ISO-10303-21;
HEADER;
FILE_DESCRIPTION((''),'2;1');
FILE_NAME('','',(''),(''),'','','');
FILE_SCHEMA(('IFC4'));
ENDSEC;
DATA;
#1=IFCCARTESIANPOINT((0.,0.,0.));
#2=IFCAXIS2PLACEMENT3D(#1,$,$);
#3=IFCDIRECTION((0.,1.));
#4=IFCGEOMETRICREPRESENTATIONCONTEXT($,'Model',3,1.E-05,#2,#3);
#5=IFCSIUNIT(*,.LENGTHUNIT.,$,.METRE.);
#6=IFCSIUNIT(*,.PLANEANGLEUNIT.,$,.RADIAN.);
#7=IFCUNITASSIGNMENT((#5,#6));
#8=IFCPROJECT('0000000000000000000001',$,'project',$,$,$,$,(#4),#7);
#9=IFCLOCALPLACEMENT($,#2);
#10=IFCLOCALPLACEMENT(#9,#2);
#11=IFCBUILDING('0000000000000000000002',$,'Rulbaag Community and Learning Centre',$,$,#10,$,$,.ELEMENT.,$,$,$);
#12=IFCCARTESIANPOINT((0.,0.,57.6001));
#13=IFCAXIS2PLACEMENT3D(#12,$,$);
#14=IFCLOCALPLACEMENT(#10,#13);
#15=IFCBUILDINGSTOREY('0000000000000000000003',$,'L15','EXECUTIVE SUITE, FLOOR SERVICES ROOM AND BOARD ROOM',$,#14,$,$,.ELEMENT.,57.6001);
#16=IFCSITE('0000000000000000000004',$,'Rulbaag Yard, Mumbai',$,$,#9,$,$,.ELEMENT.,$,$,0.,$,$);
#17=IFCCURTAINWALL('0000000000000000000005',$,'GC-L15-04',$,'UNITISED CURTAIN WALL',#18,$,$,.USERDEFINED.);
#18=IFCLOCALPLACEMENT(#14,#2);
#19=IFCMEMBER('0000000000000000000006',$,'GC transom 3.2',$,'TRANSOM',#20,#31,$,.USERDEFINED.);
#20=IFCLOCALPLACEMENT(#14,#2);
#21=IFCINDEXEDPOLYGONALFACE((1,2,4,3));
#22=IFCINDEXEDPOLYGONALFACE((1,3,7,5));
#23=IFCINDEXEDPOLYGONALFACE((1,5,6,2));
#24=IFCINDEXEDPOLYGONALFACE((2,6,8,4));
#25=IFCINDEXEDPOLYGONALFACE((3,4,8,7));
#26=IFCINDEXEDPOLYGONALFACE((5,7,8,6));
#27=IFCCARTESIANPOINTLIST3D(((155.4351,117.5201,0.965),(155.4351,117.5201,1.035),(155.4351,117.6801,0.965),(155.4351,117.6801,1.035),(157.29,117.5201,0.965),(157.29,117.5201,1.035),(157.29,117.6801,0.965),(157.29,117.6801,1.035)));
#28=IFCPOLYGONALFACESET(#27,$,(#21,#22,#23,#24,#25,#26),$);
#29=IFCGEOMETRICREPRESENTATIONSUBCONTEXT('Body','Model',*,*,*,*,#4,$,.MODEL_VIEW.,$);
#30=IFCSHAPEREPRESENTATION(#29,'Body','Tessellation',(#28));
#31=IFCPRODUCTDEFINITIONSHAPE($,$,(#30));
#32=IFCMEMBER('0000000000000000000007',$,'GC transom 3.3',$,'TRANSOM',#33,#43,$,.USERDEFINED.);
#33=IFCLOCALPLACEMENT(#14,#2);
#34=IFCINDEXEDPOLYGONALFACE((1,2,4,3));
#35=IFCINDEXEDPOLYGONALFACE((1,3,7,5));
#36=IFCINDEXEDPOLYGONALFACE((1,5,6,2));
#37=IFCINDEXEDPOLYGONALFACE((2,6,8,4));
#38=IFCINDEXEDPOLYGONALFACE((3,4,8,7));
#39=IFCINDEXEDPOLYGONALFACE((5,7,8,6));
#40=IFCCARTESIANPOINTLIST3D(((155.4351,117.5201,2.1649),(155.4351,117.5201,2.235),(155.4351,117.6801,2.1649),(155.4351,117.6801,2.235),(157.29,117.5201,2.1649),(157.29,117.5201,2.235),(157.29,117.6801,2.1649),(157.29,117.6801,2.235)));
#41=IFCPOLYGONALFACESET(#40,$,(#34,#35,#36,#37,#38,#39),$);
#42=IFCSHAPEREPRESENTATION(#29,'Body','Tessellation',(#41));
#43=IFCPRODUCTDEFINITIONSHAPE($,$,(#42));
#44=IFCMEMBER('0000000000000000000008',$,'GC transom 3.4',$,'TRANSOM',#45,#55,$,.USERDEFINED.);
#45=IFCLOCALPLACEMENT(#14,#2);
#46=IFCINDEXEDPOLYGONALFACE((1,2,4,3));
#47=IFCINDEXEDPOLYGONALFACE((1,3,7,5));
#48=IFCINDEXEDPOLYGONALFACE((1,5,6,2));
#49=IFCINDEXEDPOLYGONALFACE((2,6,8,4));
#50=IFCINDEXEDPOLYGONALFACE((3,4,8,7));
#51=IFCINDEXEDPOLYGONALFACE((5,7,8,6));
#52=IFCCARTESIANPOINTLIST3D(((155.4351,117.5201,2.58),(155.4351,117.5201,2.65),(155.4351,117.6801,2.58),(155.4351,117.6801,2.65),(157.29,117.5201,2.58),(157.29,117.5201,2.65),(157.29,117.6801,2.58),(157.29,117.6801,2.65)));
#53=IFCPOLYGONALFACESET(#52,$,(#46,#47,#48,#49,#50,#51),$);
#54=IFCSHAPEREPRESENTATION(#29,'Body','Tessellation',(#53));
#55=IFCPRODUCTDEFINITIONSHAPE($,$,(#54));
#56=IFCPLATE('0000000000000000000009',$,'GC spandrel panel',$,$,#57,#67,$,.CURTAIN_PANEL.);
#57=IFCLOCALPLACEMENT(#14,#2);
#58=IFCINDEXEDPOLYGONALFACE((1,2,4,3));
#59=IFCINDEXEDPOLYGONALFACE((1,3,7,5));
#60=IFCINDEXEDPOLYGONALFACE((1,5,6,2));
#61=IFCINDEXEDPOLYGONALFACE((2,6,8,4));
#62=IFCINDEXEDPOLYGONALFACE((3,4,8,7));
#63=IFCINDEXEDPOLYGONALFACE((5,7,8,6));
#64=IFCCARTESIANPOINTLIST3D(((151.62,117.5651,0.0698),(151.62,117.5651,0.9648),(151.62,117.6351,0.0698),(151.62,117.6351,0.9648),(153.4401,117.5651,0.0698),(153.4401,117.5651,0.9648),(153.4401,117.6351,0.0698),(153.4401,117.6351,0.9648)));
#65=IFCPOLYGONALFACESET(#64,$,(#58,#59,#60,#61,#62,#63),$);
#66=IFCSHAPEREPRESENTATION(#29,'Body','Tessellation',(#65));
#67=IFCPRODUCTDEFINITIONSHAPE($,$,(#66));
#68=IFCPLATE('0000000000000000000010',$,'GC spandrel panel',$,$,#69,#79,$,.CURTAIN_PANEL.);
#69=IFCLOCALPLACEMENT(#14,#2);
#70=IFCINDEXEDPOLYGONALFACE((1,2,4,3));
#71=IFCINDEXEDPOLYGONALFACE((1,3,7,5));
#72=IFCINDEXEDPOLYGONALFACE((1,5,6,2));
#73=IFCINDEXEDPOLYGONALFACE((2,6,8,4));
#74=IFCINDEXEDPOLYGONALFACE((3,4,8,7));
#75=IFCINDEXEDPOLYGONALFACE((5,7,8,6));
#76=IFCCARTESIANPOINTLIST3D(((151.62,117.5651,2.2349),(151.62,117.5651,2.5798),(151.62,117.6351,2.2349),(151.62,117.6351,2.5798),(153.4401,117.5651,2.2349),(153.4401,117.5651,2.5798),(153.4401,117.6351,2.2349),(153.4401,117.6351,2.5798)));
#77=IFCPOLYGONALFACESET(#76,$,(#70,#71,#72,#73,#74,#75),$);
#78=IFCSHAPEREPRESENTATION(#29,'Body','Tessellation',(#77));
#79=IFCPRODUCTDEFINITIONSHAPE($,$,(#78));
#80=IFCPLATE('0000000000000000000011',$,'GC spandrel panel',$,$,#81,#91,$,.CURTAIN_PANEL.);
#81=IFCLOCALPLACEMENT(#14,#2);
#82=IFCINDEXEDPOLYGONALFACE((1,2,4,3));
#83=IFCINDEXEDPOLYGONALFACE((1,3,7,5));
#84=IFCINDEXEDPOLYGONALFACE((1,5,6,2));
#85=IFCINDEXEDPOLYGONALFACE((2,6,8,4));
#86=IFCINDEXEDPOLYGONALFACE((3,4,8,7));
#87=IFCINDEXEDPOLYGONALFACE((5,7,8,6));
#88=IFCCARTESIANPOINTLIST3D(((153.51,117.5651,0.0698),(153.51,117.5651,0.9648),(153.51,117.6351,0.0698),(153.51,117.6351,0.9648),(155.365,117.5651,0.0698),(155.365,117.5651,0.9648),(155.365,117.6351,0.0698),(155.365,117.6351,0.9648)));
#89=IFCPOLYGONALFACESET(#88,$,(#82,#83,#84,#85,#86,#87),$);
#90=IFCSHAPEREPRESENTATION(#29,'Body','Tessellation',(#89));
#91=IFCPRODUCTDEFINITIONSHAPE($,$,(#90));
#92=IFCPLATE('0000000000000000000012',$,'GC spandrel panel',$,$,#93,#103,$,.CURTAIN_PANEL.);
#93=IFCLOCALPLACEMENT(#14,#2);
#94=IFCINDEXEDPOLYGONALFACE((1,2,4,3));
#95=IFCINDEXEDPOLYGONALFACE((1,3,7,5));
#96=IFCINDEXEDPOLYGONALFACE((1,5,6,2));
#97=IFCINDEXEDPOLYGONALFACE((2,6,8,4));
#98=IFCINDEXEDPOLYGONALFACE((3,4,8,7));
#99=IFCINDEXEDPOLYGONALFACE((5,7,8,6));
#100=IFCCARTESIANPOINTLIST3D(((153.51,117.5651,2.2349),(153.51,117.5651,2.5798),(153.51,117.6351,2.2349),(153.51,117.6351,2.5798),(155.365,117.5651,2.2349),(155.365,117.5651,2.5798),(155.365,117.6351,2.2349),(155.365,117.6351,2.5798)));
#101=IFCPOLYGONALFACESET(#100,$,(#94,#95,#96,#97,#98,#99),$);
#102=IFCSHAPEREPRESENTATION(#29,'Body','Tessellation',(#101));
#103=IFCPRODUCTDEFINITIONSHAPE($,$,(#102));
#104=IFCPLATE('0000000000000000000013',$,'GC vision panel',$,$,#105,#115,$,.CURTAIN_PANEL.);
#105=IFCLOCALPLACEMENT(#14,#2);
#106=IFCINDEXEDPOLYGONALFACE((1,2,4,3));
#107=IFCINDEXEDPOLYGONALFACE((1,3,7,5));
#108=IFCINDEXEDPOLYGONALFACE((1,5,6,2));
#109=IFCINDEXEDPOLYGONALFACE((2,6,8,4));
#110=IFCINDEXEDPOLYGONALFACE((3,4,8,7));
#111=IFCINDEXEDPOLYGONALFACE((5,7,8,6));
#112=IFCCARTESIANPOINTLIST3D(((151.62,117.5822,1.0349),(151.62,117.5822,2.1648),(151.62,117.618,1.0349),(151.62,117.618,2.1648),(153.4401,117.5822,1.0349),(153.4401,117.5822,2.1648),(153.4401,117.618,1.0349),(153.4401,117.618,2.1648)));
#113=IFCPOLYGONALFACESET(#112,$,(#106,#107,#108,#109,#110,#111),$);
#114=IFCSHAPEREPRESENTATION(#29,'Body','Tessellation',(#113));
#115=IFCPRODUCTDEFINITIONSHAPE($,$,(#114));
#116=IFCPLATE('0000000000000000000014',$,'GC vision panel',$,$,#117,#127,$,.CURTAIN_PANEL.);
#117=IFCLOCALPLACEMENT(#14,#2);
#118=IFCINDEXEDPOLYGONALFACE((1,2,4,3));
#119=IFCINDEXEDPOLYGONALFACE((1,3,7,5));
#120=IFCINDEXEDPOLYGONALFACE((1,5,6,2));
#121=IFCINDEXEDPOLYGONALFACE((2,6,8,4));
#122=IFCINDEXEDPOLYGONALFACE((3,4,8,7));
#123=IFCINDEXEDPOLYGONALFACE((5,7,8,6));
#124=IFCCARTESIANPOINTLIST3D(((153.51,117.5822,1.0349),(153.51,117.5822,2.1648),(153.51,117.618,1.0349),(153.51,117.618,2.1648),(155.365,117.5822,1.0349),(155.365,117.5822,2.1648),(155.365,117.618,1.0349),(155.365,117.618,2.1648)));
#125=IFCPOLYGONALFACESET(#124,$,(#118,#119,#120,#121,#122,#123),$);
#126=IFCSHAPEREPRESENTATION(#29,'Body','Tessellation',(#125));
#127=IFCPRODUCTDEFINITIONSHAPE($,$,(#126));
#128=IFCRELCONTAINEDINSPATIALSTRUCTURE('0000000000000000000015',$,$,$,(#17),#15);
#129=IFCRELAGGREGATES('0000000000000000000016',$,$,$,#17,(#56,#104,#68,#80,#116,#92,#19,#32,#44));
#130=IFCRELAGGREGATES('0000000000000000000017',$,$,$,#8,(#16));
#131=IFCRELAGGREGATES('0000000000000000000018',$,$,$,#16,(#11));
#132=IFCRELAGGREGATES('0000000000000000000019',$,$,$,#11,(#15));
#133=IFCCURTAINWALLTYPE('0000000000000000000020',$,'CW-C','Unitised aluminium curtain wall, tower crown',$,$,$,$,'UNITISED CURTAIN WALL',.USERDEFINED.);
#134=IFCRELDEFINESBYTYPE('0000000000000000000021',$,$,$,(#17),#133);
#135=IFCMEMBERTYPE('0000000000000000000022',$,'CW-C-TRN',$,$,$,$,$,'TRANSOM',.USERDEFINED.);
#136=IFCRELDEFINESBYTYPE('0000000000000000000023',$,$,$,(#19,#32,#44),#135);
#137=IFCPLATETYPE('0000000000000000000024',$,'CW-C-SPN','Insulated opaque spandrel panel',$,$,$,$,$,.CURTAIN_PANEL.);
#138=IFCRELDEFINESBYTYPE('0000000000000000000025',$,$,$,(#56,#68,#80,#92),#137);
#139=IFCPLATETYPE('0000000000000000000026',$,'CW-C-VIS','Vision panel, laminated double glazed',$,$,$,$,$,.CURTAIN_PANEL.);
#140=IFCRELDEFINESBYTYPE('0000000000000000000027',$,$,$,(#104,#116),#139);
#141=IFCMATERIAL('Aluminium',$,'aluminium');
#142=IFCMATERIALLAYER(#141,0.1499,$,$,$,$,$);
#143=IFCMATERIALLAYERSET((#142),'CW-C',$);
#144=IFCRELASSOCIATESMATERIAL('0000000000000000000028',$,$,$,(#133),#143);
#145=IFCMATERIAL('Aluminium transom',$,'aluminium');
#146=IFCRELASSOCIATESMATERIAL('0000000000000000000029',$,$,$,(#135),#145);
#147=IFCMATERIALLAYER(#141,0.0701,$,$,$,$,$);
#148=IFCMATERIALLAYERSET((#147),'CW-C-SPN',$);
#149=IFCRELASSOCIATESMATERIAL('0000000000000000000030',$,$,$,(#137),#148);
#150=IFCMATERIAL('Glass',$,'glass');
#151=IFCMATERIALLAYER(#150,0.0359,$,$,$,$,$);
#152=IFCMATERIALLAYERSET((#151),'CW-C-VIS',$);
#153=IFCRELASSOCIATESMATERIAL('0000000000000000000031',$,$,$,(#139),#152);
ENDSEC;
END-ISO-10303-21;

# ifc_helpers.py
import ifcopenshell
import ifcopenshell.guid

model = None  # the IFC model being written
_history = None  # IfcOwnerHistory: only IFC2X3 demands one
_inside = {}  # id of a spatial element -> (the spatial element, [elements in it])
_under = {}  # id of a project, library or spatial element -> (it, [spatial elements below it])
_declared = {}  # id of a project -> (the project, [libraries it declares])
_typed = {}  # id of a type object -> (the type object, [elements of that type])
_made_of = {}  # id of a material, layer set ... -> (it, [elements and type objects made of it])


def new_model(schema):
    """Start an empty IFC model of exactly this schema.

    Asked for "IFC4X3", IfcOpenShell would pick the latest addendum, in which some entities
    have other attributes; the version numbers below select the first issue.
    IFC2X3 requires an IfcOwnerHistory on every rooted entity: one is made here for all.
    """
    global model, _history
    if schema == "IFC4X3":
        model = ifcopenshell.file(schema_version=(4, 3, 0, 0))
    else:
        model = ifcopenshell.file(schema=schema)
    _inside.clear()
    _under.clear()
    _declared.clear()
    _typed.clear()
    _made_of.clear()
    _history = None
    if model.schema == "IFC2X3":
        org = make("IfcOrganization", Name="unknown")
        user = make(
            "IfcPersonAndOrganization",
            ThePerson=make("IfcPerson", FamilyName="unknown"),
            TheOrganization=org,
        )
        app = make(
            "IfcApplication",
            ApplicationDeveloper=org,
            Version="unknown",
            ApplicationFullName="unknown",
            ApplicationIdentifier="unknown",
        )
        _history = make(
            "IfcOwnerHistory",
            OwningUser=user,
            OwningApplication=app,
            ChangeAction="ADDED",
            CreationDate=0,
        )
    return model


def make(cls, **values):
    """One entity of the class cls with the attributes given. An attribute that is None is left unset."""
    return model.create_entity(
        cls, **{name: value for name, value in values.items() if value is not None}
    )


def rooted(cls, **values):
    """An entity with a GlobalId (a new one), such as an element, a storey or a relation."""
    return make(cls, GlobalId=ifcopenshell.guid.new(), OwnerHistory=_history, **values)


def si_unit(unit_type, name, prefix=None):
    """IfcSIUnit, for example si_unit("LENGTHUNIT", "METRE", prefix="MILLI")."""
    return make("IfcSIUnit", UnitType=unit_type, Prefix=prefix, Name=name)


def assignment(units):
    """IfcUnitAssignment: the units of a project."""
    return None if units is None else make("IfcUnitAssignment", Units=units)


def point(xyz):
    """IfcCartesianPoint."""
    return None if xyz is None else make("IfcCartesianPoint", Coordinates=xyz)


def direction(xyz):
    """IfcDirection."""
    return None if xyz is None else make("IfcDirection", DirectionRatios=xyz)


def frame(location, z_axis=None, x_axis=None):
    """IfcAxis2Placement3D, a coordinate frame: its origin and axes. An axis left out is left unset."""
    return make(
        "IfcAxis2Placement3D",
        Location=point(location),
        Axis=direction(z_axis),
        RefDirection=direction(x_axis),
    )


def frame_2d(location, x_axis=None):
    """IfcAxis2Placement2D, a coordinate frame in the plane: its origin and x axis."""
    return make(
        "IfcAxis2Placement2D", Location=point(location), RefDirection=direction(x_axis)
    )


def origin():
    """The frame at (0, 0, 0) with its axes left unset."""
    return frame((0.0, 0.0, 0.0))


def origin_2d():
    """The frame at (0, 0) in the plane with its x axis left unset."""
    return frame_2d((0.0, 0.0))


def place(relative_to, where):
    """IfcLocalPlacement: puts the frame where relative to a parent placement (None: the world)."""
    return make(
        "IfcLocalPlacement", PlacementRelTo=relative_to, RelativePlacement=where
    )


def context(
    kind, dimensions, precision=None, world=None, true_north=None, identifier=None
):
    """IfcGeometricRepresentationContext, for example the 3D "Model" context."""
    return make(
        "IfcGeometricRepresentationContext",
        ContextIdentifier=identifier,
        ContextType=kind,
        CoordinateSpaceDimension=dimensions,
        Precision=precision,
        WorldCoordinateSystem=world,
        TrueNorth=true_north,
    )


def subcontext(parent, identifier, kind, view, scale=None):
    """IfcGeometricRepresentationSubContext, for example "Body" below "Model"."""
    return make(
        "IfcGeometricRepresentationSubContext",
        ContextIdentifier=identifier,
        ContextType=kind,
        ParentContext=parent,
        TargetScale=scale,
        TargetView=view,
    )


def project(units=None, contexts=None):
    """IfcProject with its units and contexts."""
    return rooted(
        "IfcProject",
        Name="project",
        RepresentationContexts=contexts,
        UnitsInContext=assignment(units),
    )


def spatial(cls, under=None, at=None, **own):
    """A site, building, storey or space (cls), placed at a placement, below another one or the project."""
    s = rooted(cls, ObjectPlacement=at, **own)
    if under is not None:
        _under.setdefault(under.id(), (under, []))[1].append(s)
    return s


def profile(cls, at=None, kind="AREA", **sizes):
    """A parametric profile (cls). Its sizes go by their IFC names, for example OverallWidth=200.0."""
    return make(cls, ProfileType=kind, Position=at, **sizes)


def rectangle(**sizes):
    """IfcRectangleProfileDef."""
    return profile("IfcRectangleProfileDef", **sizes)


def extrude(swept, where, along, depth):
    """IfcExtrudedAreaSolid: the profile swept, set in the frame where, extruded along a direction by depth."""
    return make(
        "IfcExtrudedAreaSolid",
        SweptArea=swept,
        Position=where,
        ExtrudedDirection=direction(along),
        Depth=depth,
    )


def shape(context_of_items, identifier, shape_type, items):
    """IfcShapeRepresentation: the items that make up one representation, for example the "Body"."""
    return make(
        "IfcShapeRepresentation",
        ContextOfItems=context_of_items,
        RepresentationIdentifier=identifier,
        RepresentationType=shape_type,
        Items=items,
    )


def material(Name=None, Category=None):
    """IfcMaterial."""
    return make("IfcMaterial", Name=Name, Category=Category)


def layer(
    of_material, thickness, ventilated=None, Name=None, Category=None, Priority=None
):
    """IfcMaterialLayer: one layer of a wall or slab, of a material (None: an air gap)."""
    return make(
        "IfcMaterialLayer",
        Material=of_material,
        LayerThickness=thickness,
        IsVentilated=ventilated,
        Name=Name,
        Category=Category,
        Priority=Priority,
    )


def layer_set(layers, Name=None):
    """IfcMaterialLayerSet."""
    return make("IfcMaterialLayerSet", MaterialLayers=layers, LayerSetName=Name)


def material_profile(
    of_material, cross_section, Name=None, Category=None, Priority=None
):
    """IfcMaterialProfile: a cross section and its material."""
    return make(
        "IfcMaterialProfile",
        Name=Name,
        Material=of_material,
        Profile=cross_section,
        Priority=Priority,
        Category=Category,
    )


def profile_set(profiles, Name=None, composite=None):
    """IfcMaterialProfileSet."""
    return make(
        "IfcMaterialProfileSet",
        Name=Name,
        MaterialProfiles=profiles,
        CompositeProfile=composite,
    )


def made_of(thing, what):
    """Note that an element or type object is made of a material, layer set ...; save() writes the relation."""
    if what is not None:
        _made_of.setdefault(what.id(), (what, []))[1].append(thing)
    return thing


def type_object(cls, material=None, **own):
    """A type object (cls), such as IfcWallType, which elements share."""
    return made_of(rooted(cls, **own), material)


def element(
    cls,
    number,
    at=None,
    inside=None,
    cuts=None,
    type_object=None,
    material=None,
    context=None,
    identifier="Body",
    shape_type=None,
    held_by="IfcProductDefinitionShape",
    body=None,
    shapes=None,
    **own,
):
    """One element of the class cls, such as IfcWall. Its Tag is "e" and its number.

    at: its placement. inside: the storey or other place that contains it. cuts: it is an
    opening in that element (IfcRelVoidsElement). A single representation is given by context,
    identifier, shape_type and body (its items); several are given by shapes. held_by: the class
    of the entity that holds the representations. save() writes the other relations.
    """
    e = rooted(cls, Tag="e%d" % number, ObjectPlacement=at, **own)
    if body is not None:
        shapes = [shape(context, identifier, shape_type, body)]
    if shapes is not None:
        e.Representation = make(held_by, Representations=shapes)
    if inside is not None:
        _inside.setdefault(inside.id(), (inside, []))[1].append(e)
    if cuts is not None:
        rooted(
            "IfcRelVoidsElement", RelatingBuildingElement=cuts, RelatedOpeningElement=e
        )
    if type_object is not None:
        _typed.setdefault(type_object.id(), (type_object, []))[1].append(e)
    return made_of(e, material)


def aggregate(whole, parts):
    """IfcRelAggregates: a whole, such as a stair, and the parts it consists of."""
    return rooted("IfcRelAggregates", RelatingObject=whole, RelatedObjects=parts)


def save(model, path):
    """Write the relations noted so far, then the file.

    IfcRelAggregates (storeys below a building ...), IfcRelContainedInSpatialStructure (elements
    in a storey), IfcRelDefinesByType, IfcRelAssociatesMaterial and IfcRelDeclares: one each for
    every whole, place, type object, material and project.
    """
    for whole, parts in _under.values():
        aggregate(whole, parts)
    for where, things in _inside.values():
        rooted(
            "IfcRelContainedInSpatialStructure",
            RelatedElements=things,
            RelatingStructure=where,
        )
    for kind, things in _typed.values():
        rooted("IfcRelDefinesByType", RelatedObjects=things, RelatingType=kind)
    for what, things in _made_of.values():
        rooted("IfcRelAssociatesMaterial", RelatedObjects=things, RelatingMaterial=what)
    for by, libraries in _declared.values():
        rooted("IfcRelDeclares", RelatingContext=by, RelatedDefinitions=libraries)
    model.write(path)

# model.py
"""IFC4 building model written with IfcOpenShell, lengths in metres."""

from ifc_helpers import new_model, si_unit, direction, frame, origin, origin_2d, place, context, subcontext, project, spatial, rectangle, extrude, material, layer, layer_set, material_profile, profile_set, type_object, element, aggregate, save


model = new_model("IFC4")

# Units and contexts
model_context = context("Model", 3, precision=1e-05, world=origin(), true_north=direction((0.0, 1.0)))
body_context = subcontext(model_context, "Body", "Model", "MODEL_VIEW")
ifc_project = project(units=[si_unit("LENGTHUNIT", "METRE"), si_unit("PLANEANGLEUNIT", "RADIAN")], contexts=[model_context])

# Site, building, storey
site_placement = place(None, origin())
site = spatial("IfcSite", under=ifc_project, at=site_placement, Name="Rulbaag Yard, Mumbai", CompositionType="ELEMENT", RefElevation=0.0)
building_placement = place(site_placement, origin())
building = spatial("IfcBuilding", under=site, at=building_placement, Name="Rulbaag Community and Learning Centre", CompositionType="ELEMENT")
storey_placement = place(building_placement, frame((0.0, 0.0, 57.6001)))
storey = spatial("IfcBuildingStorey", under=building, at=storey_placement, Name="L15", Description="EXECUTIVE SUITE, FLOOR SERVICES ROOM AND BOARD ROOM", CompositionType="ELEMENT", Elevation=57.6001)

# Curtain wall, members, plates
ifc_material_1 = material(Name="Aluminium", Category="aluminium")
ifc_layer_1 = layer(ifc_material_1, 0.1499)
ifc_layer_set_1 = layer_set([ifc_layer_1], Name="CW-C")
curtain_wall_type = type_object("IfcCurtainWallType", Name="CW-C", Description="Unitised aluminium curtain wall, tower crown", ElementType="UNITISED CURTAIN WALL", PredefinedType="USERDEFINED", material=ifc_layer_set_1)
curtain_wall_placement = place(storey_placement, origin())
curtain_wall = element("IfcCurtainWall", 1, at=curtain_wall_placement, inside=storey, type_object=curtain_wall_type, Name="GC-L15-04", ObjectType="UNITISED CURTAIN WALL", PredefinedType="USERDEFINED")
ifc_material_2 = material(Name="Aluminium transom", Category="aluminium")
ifc_material_profile_1 = material_profile(ifc_material_2, rectangle(XDim=0.1599, YDim=0.0701, at=origin_2d()), Name="AL 70x160 T")
ifc_profile_set_1 = profile_set([ifc_material_profile_1], Name="Aluminium transom")
member_type_1 = type_object("IfcMemberType", Name="CW-C-TRN", ElementType="TRANSOM", PredefinedType="USERDEFINED", material=ifc_profile_set_1)
member_1_placement = place(storey_placement, frame((155.4351, 117.6001, 1.0), z_axis=(1.0, 0.0, 0.0), x_axis=(0.0, 1.0, 0.0)))
member_1 = element("IfcMember", 2, at=member_1_placement, type_object=member_type_1, Name="GC transom 3.2", ObjectType="TRANSOM", PredefinedType="USERDEFINED", context=body_context, shape_type="SweptSolid", body=[
    extrude(rectangle(XDim=0.1599, YDim=0.0701, at=origin_2d()), origin(), (0.0, 0.0, 1.0), 1.855),
])
member_2_placement = place(storey_placement, frame((155.4351, 117.6001, 2.2), z_axis=(1.0, 0.0, 0.0), x_axis=(0.0, 1.0, 0.0)))
member_2 = element("IfcMember", 3, at=member_2_placement, type_object=member_type_1, Name="GC transom 3.3", ObjectType="TRANSOM", PredefinedType="USERDEFINED", context=body_context, shape_type="SweptSolid", body=[
    extrude(rectangle(XDim=0.1599, YDim=0.0701, at=origin_2d()), origin(), (0.0, 0.0, 1.0), 1.855),
])
member_3_placement = place(storey_placement, frame((155.4351, 117.6001, 2.615), z_axis=(1.0, 0.0, 0.0), x_axis=(0.0, 1.0, 0.0)))
member_3 = element("IfcMember", 4, at=member_3_placement, type_object=member_type_1, Name="GC transom 3.4", ObjectType="TRANSOM", PredefinedType="USERDEFINED", context=body_context, shape_type="SweptSolid", body=[
    extrude(rectangle(XDim=0.1599, YDim=0.0701, at=origin_2d()), origin(), (0.0, 0.0, 1.0), 1.855),
])
ifc_layer_2 = layer(ifc_material_1, 0.0701)
ifc_layer_set_2 = layer_set([ifc_layer_2], Name="CW-C-SPN")
plate_type_1 = type_object("IfcPlateType", Name="CW-C-SPN", Description="Insulated opaque spandrel panel", PredefinedType="CURTAIN_PANEL", material=ifc_layer_set_2)
plate_1_placement = place(storey_placement, frame((152.53, 117.6001, 0.0698), z_axis=(0.0, 0.0, 1.0), x_axis=(1.0, 0.0, 0.0)))
plate_1 = element("IfcPlate", 5, at=plate_1_placement, type_object=plate_type_1, Name="GC spandrel panel", PredefinedType="CURTAIN_PANEL", context=body_context, shape_type="SweptSolid", body=[
    extrude(rectangle(XDim=1.8201, YDim=0.0701, at=origin_2d()), origin(), (0.0, 0.0, 1.0), 0.895),
])
plate_2_placement = place(storey_placement, frame((152.53, 117.6001, 2.2349), z_axis=(0.0, 0.0, 1.0), x_axis=(1.0, 0.0, 0.0)))
plate_2 = element("IfcPlate", 6, at=plate_2_placement, type_object=plate_type_1, Name="GC spandrel panel", PredefinedType="CURTAIN_PANEL", context=body_context, shape_type="SweptSolid", body=[
    extrude(rectangle(XDim=1.8201, YDim=0.0701, at=origin_2d()), origin(), (0.0, 0.0, 1.0), 0.345),
])
plate_3_placement = place(storey_placement, frame((154.4375, 117.6001, 0.0698), z_axis=(0.0, 0.0, 1.0), x_axis=(1.0, 0.0, 0.0)))
plate_3 = element("IfcPlate", 7, at=plate_3_placement, type_object=plate_type_1, Name="GC spandrel panel", PredefinedType="CURTAIN_PANEL", context=body_context, shape_type="SweptSolid", body=[
    extrude(rectangle(XDim=1.855, YDim=0.0701, at=origin_2d()), origin(), (0.0, 0.0, 1.0), 0.895),
])
plate_4_placement = place(storey_placement, frame((154.4375, 117.6001, 2.2349), z_axis=(0.0, 0.0, 1.0), x_axis=(1.0, 0.0, 0.0)))
plate_4 = element("IfcPlate", 8, at=plate_4_placement, type_object=plate_type_1, Name="GC spandrel panel", PredefinedType="CURTAIN_PANEL", context=body_context, shape_type="SweptSolid", body=[
    extrude(rectangle(XDim=1.855, YDim=0.0701, at=origin_2d()), origin(), (0.0, 0.0, 1.0), 0.345),
])
ifc_material_3 = material(Name="Glass", Category="glass")
ifc_layer_3 = layer(ifc_material_3, 0.0359)
ifc_layer_set_3 = layer_set([ifc_layer_3], Name="CW-C-VIS")
plate_type_2 = type_object("IfcPlateType", Name="CW-C-VIS", Description="Vision panel, laminated double glazed", PredefinedType="CURTAIN_PANEL", material=ifc_layer_set_3)
plate_5_placement = place(storey_placement, frame((152.53, 117.6001, 1.0349), z_axis=(0.0, 0.0, 1.0), x_axis=(1.0, 0.0, 0.0)))
plate_5 = element("IfcPlate", 9, at=plate_5_placement, type_object=plate_type_2, Name="GC vision panel", PredefinedType="CURTAIN_PANEL", context=body_context, shape_type="SweptSolid", body=[
    extrude(rectangle(XDim=1.8201, YDim=0.0359, at=origin_2d()), origin(), (0.0, 0.0, 1.0), 1.1299),
])
plate_6_placement = place(storey_placement, frame((154.4375, 117.6001, 1.0349), z_axis=(0.0, 0.0, 1.0), x_axis=(1.0, 0.0, 0.0)))
plate_6 = element("IfcPlate", 10, at=plate_6_placement, type_object=plate_type_2, Name="GC vision panel", PredefinedType="CURTAIN_PANEL", context=body_context, shape_type="SweptSolid", body=[
    extrude(rectangle(XDim=1.855, YDim=0.0359, at=origin_2d()), origin(), (0.0, 0.0, 1.0), 1.1299),
])
aggregate(curtain_wall, [plate_1, plate_5, plate_2, plate_3, plate_6, plate_4, member_1, member_2, member_3])

save(model, "model.ifc")
